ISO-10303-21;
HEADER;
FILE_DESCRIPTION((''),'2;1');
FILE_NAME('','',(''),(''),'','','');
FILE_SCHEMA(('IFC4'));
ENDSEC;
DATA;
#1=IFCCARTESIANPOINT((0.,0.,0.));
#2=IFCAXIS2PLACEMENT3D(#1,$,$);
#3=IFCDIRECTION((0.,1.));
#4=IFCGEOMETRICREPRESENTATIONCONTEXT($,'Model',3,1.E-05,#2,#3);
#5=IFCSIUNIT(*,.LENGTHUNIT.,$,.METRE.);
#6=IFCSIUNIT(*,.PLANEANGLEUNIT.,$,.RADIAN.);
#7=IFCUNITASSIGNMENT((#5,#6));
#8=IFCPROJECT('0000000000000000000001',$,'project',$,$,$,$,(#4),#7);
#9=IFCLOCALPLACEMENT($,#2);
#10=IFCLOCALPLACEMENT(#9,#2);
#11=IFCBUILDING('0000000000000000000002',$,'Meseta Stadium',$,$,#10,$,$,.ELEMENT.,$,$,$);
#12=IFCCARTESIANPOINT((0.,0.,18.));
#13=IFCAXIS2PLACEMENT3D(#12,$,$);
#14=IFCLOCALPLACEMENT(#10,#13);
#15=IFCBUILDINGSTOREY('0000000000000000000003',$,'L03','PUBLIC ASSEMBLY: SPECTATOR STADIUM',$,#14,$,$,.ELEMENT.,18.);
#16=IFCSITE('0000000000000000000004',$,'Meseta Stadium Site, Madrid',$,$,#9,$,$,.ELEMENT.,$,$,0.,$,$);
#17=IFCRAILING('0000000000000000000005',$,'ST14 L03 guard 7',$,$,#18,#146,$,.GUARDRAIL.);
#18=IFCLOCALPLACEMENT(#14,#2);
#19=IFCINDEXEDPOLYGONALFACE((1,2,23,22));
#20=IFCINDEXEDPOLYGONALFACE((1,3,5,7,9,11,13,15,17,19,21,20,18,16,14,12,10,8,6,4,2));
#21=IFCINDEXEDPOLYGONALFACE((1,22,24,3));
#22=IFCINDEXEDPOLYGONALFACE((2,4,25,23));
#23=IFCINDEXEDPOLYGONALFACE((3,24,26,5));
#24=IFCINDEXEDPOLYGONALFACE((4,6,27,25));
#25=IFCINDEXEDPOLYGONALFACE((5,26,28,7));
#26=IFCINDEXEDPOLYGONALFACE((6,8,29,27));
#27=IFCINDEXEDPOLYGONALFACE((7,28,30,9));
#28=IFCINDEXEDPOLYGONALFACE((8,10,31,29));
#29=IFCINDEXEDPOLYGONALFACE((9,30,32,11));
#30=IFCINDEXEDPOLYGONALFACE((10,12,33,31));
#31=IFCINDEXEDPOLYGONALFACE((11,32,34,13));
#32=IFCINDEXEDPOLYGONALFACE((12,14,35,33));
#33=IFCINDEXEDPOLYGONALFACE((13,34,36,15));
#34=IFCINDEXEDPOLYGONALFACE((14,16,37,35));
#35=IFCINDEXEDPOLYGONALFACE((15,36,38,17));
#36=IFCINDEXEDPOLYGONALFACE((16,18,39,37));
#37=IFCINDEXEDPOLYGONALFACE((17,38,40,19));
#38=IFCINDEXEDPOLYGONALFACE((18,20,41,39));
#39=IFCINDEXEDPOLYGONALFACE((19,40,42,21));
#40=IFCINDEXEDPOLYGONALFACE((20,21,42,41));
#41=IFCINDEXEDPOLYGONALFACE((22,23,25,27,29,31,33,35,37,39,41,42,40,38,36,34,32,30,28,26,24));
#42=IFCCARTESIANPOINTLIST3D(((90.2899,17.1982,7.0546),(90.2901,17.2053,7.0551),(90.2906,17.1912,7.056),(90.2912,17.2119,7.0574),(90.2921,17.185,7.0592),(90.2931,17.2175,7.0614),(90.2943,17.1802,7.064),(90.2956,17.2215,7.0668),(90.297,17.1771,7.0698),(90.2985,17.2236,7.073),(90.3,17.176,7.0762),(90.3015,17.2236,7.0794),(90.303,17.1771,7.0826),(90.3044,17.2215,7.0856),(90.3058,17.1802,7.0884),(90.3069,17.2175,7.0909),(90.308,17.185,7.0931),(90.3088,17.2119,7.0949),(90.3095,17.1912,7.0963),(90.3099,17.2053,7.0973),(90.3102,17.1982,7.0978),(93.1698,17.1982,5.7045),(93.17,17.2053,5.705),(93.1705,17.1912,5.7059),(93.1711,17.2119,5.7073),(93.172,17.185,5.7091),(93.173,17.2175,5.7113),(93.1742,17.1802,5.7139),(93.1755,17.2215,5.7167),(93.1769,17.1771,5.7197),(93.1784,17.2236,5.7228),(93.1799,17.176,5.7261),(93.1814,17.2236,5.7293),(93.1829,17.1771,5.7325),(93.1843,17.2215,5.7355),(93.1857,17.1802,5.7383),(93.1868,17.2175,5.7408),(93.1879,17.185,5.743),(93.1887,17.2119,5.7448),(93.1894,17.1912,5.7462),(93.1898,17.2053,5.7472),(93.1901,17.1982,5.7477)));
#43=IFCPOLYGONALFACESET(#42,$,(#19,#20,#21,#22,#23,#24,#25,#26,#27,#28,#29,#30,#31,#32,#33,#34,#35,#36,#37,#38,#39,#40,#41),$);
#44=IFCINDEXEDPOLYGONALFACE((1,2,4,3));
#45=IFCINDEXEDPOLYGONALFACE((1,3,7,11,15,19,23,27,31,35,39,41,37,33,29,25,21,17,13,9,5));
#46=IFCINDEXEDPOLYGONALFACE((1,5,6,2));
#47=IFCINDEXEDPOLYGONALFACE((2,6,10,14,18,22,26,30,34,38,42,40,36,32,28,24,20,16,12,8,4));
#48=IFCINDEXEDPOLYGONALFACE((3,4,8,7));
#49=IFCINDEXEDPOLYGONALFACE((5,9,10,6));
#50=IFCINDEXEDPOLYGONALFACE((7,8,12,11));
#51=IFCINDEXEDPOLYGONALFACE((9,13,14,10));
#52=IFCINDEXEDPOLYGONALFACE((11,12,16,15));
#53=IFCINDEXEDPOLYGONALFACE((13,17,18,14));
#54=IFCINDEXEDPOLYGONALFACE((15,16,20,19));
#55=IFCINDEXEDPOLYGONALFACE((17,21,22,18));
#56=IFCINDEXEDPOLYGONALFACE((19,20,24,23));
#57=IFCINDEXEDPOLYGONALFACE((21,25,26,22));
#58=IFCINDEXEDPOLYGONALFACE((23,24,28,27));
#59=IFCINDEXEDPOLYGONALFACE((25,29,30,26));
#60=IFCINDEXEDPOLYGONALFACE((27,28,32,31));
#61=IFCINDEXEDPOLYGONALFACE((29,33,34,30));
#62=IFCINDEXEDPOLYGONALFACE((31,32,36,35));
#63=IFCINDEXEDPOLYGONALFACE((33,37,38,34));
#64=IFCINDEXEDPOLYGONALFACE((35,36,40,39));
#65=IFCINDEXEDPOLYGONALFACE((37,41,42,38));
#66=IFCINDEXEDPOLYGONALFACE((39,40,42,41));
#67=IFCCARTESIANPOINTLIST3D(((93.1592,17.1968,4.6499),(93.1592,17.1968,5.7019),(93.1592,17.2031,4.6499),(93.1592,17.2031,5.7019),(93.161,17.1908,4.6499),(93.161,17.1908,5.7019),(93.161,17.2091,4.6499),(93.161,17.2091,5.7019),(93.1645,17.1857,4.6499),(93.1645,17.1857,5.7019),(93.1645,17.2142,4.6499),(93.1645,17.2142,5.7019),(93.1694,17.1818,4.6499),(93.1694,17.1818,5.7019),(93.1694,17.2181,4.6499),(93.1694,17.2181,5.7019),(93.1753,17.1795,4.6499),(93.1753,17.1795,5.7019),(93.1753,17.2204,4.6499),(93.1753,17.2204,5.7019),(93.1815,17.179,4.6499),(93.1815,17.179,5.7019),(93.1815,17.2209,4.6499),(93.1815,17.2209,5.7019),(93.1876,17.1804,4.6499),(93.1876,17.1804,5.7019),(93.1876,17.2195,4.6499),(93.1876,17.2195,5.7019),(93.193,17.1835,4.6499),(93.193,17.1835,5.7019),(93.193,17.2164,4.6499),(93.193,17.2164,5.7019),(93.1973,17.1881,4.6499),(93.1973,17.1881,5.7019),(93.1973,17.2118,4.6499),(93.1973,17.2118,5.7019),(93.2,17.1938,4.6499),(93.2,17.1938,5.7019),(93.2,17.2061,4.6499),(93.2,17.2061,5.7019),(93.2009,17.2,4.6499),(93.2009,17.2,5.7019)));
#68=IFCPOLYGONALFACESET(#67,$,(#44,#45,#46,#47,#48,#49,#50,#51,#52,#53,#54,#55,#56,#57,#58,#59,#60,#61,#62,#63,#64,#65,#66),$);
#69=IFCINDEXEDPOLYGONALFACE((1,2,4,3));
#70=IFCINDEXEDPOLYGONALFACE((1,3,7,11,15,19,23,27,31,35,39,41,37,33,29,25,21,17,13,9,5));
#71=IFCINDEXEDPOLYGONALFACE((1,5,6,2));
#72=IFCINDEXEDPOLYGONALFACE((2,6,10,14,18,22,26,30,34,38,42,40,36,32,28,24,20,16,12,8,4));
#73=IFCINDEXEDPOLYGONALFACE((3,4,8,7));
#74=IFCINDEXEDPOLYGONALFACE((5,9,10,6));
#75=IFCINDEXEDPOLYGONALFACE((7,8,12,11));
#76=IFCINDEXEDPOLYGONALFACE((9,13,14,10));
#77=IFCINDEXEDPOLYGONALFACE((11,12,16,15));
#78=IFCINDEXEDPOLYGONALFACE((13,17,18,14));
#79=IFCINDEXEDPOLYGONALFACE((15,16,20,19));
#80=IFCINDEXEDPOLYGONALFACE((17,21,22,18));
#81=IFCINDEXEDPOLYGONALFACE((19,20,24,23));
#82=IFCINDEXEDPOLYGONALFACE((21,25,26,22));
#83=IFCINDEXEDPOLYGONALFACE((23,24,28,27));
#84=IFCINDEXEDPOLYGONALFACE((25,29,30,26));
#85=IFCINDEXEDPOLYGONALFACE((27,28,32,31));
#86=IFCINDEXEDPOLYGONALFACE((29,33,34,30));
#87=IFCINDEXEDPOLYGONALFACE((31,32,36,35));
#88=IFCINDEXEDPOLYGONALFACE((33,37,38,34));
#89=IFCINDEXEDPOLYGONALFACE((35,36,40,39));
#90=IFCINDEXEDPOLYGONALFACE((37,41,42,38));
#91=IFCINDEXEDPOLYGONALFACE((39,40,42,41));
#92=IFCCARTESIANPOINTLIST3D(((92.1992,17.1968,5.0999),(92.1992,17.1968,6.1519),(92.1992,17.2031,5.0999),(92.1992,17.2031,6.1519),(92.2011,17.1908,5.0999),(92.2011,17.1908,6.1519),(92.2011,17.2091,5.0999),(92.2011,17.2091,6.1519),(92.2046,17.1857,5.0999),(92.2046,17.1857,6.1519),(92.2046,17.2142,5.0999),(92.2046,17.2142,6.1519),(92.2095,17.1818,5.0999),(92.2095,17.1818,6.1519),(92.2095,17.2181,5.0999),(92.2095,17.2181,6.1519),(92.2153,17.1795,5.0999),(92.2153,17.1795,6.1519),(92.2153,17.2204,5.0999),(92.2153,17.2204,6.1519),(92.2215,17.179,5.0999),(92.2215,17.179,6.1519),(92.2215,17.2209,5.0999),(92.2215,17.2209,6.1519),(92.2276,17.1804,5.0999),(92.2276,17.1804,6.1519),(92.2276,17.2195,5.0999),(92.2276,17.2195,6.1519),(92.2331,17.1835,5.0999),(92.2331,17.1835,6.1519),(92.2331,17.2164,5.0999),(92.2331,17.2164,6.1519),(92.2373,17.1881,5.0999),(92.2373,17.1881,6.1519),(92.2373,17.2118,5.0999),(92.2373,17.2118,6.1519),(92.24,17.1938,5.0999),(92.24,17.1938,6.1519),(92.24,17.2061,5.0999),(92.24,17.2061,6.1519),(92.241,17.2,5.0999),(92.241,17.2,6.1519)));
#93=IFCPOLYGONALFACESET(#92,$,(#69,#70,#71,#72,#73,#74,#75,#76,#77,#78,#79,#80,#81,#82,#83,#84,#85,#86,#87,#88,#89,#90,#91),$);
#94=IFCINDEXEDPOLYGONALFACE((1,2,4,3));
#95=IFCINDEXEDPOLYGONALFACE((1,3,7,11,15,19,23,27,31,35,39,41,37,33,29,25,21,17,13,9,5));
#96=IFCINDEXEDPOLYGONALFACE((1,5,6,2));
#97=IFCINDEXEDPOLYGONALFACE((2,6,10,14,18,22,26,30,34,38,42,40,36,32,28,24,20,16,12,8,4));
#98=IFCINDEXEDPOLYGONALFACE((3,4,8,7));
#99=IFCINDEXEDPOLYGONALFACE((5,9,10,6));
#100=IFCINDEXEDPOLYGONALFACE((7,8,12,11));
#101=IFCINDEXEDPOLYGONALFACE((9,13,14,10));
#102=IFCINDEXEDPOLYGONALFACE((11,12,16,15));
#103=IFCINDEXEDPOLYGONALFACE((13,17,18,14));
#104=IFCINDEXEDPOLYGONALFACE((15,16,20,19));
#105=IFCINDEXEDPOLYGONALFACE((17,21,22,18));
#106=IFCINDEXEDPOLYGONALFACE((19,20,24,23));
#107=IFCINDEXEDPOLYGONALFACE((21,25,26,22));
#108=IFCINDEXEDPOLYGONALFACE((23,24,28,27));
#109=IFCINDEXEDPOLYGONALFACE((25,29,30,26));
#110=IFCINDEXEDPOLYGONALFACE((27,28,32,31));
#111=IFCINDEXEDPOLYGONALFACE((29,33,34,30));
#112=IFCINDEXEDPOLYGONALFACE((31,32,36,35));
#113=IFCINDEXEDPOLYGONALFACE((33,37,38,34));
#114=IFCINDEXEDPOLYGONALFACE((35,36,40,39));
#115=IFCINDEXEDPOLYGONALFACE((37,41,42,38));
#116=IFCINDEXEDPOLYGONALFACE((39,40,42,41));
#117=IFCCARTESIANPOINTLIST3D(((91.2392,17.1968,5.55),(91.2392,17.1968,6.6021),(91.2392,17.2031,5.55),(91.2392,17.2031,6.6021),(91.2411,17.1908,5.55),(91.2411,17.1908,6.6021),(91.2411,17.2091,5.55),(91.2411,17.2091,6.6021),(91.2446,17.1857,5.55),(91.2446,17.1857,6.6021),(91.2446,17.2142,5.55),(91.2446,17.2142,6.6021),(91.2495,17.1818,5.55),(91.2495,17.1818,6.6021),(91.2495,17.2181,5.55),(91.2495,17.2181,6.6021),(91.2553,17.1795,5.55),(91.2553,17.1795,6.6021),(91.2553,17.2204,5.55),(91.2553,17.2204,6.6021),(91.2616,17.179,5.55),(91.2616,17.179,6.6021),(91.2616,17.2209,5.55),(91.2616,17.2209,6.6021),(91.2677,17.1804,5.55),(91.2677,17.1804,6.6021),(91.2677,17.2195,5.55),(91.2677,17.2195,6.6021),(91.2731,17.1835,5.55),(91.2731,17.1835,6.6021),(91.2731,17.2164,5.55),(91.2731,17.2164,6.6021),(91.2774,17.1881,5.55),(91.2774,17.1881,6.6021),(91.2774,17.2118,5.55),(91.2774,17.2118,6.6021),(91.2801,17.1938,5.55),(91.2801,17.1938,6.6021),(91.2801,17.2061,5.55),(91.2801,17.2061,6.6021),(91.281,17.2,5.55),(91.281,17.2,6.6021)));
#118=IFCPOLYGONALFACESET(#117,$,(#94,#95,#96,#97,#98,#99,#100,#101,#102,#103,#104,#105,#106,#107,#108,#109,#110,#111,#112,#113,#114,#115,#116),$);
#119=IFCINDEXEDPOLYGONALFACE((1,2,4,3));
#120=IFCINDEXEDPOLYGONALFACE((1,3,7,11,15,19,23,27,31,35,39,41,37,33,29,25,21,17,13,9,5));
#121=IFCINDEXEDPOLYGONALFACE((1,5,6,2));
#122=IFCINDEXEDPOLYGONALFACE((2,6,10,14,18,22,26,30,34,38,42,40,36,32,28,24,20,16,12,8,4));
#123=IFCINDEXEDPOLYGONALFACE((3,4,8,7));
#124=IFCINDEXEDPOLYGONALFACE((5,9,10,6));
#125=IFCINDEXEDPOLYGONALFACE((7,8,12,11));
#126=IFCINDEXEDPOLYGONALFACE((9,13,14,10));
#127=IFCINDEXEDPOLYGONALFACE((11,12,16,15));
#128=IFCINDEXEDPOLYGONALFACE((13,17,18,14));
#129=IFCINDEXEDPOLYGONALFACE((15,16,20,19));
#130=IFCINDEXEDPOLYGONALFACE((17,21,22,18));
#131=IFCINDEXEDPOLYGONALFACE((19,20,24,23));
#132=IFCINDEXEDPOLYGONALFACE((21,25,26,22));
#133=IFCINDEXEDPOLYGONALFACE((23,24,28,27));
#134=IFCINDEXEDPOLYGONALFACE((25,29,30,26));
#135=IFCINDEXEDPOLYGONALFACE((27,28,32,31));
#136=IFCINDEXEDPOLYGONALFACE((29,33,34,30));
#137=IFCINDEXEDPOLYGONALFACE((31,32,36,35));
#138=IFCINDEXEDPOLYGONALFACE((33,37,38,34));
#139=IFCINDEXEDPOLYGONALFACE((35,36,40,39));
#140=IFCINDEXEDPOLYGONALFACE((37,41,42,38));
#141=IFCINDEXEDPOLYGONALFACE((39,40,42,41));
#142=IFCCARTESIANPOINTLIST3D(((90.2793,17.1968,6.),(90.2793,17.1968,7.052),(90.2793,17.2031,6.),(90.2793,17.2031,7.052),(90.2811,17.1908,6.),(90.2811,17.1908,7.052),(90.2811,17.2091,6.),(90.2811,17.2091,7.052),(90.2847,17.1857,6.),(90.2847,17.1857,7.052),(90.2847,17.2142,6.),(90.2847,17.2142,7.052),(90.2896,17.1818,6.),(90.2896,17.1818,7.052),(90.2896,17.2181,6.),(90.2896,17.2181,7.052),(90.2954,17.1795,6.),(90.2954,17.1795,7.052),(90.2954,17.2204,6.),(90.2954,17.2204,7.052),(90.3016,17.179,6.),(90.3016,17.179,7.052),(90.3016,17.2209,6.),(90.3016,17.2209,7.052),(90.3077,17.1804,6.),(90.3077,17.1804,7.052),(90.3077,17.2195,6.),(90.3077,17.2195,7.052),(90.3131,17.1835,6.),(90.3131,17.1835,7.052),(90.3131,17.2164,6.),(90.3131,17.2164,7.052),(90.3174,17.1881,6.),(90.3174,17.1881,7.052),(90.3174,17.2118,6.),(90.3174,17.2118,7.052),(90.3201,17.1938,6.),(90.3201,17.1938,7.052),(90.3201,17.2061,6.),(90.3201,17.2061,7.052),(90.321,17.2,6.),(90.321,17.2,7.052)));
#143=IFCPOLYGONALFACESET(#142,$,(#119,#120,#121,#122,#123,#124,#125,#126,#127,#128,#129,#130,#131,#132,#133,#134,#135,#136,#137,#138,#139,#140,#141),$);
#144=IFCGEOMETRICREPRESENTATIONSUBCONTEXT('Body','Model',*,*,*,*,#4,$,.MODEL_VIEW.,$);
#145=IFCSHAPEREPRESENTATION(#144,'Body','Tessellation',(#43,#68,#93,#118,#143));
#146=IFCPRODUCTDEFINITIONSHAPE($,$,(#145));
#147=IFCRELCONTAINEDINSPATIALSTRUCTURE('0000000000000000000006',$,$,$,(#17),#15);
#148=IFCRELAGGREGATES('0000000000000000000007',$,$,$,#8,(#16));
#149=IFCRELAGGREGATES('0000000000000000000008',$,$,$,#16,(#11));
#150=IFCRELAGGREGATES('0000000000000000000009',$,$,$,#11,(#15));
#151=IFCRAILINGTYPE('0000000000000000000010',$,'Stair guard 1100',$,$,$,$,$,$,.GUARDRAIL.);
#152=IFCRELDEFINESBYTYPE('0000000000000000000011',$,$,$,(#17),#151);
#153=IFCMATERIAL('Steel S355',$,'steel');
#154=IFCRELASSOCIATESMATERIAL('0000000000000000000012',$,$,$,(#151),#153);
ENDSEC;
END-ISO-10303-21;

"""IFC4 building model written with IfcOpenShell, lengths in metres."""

from ifc_helpers import new_model, si_unit, direction, frame, origin, origin_2d, place, context, subcontext, project, spatial, circle, extrude, material, type_object, element, save


model = new_model("IFC4")

# Units and contexts
model_context = context("Model", 3, precision=1e-05, world=origin(), true_north=direction((0.0, 1.0)))
body_context = subcontext(model_context, "Body", "Model", "MODEL_VIEW")
ifc_project = project(units=[si_unit("LENGTHUNIT", "METRE"), si_unit("PLANEANGLEUNIT", "RADIAN")], contexts=[model_context])

# Site, building, storey
site_placement = place(None, origin())
site = spatial("IfcSite", under=ifc_project, at=site_placement, Name="Meseta Stadium Site, Madrid", CompositionType="ELEMENT", RefElevation=0.0)
building_placement = place(site_placement, origin())
building = spatial("IfcBuilding", under=site, at=building_placement, Name="Meseta Stadium", CompositionType="ELEMENT")
storey_placement = place(building_placement, frame((0.0, 0.0, 18.0)))
storey = spatial("IfcBuildingStorey", under=building, at=storey_placement, Name="L03", Description="PUBLIC ASSEMBLY: SPECTATOR STADIUM", CompositionType="ELEMENT", Elevation=18.0)

# Railing
ifc_material_1 = material(Name="Steel S355", Category="steel")
railing_type_1 = type_object("IfcRailingType", Name="Stair guard 1100", PredefinedType="GUARDRAIL", material=ifc_material_1)
railing_1_placement = place(storey_placement, frame((93.1799, 17.2, 4.6499)))
element("IfcRailing", 1, at=railing_1_placement, inside=storey, type_object=railing_type_1, Name="ST14 L03 guard 7", PredefinedType="GUARDRAIL", context=body_context, shape_type="SweptSolid", body=[
    extrude(circle(Radius=0.0239, at=origin_2d()), frame((0.0, 0.0, 1.0762), z_axis=(-0.90544, 0.0, 0.424473), x_axis=(0.0, -1.0, 0.0)), (0.0, 0.0, 1.0), 3.1807),
    extrude(circle(Radius=0.021, at=origin_2d()), origin(), (0.0, 0.0, 1.0), 1.052),
    extrude(circle(Radius=0.021, at=origin_2d()), frame((-0.96, 0.0, 0.45)), (0.0, 0.0, 1.0), 1.052),
    extrude(circle(Radius=0.021, at=origin_2d()), frame((-1.9199, 0.0, 0.9001)), (0.0, 0.0, 1.0), 1.052),
    extrude(circle(Radius=0.021, at=origin_2d()), frame((-2.8799, 0.0, 1.3501)), (0.0, 0.0, 1.0), 1.052),
])

save(model, "model.ifc")
